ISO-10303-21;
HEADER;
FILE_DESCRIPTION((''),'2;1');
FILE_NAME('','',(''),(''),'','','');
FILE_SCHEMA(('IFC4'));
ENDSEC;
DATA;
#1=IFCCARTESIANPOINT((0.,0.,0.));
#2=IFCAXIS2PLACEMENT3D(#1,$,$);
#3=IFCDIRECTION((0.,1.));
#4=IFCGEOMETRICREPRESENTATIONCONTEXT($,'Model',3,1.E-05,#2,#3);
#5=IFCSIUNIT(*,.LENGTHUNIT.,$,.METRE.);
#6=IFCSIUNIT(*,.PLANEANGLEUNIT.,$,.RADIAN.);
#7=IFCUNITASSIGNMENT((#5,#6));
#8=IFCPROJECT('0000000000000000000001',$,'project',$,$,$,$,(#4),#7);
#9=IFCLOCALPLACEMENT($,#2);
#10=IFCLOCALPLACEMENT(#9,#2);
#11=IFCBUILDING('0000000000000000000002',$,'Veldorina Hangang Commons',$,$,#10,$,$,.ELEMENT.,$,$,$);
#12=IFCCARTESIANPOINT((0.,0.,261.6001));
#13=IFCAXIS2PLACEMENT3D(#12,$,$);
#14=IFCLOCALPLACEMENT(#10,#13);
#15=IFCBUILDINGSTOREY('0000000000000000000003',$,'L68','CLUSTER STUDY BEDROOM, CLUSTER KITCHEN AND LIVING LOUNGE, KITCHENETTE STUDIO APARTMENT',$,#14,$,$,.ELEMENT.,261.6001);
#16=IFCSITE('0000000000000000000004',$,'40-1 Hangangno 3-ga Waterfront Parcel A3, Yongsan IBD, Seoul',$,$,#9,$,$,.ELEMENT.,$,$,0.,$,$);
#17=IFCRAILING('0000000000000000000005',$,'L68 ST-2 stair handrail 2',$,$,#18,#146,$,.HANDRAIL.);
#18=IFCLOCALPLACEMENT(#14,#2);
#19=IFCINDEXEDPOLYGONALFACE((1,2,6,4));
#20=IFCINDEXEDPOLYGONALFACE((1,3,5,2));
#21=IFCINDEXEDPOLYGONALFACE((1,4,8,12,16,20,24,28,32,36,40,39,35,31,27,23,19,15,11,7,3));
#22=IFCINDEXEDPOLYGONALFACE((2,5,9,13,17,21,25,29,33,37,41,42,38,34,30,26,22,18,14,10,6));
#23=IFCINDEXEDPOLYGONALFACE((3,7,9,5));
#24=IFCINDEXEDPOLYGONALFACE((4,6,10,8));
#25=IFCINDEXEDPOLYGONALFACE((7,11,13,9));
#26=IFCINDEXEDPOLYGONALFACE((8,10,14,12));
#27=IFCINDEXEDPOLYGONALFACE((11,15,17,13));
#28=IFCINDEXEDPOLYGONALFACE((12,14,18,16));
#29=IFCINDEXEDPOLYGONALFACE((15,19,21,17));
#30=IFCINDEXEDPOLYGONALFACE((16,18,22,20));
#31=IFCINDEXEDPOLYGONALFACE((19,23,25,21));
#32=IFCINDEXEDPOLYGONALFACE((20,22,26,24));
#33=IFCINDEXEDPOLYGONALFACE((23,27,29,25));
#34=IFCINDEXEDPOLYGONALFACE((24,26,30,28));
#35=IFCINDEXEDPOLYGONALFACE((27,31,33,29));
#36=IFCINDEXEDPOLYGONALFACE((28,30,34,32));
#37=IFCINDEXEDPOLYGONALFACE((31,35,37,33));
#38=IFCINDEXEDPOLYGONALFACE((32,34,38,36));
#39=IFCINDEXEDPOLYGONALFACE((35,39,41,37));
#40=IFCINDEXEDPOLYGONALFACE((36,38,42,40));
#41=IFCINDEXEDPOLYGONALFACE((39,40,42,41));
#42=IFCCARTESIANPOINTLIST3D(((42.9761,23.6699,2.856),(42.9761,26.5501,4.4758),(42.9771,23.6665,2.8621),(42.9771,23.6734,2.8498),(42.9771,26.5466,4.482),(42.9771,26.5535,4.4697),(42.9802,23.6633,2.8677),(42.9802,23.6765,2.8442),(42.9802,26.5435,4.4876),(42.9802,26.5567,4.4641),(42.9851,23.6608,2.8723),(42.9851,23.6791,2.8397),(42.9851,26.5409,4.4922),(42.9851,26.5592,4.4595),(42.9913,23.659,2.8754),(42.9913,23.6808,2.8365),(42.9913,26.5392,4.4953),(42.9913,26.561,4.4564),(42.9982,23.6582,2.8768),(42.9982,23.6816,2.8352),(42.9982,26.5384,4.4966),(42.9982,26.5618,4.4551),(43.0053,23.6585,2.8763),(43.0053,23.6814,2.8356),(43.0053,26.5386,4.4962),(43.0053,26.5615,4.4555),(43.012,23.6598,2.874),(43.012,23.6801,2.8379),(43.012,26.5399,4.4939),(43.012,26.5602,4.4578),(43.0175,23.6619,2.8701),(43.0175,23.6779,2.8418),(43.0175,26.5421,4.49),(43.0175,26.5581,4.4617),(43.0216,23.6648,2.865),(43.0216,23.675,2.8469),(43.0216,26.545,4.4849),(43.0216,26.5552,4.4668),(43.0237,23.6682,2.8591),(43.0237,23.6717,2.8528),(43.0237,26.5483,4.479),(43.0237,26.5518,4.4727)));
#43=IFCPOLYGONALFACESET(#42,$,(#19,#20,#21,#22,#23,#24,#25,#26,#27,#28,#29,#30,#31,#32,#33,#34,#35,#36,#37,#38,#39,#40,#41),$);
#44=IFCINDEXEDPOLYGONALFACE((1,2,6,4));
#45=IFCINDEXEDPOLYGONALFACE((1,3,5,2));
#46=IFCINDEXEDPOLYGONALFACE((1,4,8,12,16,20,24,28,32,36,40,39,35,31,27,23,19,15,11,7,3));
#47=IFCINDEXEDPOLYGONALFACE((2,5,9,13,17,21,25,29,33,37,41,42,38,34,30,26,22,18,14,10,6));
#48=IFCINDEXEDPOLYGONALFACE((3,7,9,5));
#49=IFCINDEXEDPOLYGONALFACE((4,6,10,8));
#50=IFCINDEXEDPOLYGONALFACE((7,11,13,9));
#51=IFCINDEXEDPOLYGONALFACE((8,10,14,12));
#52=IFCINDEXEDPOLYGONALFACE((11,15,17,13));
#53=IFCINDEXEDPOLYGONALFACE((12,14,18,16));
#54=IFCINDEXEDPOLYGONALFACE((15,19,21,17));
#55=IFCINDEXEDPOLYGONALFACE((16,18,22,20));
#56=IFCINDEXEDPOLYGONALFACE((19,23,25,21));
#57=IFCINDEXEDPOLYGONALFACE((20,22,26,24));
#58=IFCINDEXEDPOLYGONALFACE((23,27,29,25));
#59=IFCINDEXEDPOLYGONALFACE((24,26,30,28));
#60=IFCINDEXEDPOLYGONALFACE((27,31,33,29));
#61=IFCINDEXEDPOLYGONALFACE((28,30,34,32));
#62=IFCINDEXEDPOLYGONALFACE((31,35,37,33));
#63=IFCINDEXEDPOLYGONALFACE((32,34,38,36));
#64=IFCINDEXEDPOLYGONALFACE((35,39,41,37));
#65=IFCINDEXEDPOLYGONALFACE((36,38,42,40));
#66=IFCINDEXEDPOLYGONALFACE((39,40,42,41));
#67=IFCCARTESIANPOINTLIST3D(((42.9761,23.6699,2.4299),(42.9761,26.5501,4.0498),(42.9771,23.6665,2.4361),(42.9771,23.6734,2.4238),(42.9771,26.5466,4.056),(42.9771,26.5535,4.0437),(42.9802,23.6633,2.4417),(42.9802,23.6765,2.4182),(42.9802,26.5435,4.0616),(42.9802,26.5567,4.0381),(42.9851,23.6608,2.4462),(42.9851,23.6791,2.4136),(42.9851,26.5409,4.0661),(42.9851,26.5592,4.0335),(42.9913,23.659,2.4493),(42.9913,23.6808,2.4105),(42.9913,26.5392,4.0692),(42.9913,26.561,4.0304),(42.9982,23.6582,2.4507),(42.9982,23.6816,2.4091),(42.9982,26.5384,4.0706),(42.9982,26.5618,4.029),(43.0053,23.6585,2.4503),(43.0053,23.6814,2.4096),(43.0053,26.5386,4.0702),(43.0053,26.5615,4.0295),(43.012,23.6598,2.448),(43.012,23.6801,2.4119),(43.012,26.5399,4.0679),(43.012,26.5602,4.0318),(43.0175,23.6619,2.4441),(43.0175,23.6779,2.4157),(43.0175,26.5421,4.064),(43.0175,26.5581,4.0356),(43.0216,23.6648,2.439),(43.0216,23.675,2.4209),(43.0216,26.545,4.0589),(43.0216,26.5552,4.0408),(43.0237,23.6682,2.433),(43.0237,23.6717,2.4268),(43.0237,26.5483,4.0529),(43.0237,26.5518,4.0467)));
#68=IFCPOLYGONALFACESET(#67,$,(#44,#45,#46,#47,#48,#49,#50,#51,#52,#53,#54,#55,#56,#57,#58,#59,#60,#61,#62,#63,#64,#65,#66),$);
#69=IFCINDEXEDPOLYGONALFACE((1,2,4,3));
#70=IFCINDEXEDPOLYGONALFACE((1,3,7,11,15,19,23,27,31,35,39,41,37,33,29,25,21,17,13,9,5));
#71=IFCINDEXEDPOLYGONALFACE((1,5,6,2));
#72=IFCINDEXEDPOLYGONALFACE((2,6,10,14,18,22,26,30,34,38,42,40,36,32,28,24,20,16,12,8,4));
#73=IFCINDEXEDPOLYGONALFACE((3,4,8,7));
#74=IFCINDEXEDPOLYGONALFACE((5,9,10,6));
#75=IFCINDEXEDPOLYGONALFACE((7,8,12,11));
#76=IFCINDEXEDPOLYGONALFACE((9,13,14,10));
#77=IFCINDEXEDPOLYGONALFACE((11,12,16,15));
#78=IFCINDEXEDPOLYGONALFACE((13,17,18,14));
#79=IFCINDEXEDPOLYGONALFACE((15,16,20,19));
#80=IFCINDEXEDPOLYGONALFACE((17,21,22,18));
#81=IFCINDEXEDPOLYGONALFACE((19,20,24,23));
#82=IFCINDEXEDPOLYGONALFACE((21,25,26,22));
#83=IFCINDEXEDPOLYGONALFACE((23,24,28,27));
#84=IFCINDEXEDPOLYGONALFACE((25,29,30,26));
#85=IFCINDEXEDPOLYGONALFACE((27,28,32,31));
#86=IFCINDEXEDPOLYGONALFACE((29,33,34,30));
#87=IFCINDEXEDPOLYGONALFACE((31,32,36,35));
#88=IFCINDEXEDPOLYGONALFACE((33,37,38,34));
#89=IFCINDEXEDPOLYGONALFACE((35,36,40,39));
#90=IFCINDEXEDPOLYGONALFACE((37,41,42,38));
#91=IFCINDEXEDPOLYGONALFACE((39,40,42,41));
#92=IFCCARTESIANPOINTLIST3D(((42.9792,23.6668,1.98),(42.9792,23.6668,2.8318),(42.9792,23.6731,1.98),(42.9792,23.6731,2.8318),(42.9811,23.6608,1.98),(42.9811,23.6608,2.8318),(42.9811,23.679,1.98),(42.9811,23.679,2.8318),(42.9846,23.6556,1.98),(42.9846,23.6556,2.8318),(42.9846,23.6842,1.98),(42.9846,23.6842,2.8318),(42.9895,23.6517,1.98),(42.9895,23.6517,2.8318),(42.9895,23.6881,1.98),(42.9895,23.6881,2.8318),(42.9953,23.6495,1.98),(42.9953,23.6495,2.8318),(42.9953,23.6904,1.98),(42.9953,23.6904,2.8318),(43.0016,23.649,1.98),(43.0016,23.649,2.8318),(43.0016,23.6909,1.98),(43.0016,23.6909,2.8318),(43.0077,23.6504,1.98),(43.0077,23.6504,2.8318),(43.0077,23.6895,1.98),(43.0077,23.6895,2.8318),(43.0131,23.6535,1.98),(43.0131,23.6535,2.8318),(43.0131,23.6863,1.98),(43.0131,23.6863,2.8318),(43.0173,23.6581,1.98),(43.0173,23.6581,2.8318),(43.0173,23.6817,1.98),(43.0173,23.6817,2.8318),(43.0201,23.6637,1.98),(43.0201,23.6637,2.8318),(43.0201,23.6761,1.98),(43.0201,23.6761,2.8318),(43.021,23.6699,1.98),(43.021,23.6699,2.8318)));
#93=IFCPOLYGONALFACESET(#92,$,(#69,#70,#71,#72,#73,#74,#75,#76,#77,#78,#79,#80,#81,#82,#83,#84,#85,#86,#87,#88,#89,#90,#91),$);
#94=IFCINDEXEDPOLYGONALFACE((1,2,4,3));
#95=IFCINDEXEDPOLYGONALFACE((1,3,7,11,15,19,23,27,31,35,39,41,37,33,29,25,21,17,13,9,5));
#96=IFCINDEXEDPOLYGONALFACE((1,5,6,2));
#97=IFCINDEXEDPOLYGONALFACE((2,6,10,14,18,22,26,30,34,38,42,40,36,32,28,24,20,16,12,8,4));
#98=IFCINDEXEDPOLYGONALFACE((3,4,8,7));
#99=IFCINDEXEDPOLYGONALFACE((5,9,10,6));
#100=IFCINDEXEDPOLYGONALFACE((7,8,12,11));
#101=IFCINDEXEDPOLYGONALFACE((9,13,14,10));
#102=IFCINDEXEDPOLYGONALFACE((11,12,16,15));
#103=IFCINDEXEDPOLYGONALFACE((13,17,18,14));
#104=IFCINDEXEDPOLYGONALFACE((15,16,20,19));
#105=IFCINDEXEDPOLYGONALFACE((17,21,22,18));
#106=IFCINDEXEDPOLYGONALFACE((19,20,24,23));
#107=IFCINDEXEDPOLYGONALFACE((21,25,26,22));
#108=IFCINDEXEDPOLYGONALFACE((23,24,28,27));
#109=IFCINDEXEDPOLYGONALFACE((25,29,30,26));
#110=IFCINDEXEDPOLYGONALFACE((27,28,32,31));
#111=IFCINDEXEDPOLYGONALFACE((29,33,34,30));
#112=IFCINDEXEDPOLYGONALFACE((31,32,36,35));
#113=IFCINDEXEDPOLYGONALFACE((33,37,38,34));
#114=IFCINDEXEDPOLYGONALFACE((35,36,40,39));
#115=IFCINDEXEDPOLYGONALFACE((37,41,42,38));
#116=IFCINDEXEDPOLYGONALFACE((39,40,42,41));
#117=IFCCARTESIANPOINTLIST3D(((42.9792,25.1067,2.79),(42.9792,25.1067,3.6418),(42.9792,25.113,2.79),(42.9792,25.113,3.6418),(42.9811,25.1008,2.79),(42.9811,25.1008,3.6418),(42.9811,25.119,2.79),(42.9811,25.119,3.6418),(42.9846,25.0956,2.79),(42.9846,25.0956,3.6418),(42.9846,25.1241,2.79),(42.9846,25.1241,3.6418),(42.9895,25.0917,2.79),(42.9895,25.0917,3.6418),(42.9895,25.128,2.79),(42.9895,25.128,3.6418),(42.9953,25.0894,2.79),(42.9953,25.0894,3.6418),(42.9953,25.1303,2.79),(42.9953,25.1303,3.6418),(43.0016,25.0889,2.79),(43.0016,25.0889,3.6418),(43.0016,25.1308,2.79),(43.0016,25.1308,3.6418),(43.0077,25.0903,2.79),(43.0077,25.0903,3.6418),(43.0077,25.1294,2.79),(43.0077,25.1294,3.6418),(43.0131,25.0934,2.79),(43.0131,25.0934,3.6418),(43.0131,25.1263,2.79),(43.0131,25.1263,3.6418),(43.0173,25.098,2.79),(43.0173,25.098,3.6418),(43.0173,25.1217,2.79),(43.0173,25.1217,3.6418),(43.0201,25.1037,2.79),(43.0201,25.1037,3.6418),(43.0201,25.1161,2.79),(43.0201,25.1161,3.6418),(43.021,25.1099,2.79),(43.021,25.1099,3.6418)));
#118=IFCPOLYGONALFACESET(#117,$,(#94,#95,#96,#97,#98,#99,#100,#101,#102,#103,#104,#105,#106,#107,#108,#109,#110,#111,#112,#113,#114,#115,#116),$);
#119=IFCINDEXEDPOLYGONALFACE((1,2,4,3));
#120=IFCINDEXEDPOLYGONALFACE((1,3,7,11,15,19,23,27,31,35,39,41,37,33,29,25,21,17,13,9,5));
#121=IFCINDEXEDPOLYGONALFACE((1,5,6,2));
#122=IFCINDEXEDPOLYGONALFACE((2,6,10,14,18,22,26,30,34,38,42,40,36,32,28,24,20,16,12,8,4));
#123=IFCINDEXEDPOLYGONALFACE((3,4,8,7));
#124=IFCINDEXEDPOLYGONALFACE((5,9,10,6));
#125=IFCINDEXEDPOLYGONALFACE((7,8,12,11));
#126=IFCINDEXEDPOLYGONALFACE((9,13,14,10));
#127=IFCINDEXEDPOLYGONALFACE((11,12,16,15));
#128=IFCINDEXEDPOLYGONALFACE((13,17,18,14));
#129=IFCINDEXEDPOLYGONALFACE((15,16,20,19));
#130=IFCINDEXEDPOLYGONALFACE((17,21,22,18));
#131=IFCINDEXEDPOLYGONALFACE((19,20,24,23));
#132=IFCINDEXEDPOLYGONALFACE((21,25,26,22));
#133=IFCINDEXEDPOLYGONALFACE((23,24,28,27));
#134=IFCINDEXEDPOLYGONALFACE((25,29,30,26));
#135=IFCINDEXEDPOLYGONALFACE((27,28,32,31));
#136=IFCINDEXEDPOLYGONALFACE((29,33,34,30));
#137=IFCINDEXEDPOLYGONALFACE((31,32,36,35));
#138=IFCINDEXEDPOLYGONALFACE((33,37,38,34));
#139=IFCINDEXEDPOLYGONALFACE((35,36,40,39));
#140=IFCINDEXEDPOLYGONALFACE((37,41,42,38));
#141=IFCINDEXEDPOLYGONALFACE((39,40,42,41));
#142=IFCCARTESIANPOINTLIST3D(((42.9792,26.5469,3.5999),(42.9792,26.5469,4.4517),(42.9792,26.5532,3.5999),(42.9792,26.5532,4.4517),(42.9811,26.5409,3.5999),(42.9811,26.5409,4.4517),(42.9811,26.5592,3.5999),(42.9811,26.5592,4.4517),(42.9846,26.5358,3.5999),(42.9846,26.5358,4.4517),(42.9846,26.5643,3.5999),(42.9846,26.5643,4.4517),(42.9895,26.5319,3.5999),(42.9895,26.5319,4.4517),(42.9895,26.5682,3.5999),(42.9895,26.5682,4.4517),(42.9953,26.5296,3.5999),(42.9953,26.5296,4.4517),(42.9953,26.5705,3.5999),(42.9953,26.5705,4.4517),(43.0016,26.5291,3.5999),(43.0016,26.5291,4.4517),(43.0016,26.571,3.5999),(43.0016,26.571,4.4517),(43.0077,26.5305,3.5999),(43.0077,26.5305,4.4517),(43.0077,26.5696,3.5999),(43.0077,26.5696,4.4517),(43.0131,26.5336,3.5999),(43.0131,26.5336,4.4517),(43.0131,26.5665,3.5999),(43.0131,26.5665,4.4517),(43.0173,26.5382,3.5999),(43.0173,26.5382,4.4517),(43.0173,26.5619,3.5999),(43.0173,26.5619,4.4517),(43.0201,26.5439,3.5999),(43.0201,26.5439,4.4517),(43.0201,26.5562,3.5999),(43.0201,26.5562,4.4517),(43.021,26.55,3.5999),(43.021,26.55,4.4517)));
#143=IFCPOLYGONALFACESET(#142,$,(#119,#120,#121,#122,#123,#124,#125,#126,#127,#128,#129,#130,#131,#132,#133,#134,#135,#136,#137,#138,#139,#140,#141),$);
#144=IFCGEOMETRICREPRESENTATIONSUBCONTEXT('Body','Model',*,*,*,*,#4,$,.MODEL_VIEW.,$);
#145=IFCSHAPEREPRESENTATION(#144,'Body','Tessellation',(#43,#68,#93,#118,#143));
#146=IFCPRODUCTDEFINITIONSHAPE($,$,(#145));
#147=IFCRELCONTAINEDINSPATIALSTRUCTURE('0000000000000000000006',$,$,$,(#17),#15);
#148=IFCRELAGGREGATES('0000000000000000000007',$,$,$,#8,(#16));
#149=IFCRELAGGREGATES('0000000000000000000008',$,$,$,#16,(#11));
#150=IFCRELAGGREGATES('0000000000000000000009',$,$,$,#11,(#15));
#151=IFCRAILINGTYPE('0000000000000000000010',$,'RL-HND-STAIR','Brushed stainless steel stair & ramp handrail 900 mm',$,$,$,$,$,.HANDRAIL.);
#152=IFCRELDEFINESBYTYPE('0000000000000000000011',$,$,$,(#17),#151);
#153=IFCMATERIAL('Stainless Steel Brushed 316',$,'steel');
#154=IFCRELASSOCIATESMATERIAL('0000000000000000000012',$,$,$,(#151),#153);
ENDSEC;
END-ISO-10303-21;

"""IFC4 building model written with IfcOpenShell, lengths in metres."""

from ifc_helpers import new_model, si_unit, direction, frame, origin, origin_2d, place, context, subcontext, project, spatial, circle, extrude, material, type_object, element, save


model = new_model("IFC4")

# Units and contexts
model_context = context("Model", 3, precision=1e-05, world=origin(), true_north=direction((0.0, 1.0)))
body_context = subcontext(model_context, "Body", "Model", "MODEL_VIEW")
ifc_project = project(units=[si_unit("LENGTHUNIT", "METRE"), si_unit("PLANEANGLEUNIT", "RADIAN")], contexts=[model_context])

# Site, building, storey
site_placement = place(None, origin())
site = spatial("IfcSite", under=ifc_project, at=site_placement, Name="40-1 Hangangno 3-ga Waterfront Parcel A3, Yongsan IBD, Seoul", CompositionType="ELEMENT", RefElevation=0.0)
building_placement = place(site_placement, origin())
building = spatial("IfcBuilding", under=site, at=building_placement, Name="Veldorina Hangang Commons", CompositionType="ELEMENT")
storey_placement = place(building_placement, frame((0.0, 0.0, 261.6001)))
storey = spatial("IfcBuildingStorey", under=building, at=storey_placement, Name="L68", Description="CLUSTER STUDY BEDROOM, CLUSTER KITCHEN AND LIVING LOUNGE, KITCHENETTE STUDIO APARTMENT", CompositionType="ELEMENT", Elevation=261.6001)

# Railing
ifc_material_1 = material(Name="Stainless Steel Brushed 316", Category="steel")
railing_type_1 = type_object("IfcRailingType", Name="RL-HND-STAIR", Description="Brushed stainless steel stair & ramp handrail 900 mm", PredefinedType="HANDRAIL", material=ifc_material_1)
railing_1_placement = place(storey_placement, frame((43.0, 23.6699, 1.98)))
element("IfcRailing", 1, at=railing_1_placement, inside=storey, type_object=railing_type_1, Name="L68 ST-2 stair handrail 2", PredefinedType="HANDRAIL", context=body_context, shape_type="SweptSolid", body=[
    extrude(circle(Radius=0.0239, at=origin_2d()), frame((0.0, 0.0, 0.876), z_axis=(0.0, 0.871601, 0.490216), x_axis=(-1.0, 0.0, 0.0)), (0.0, 0.0, 1.0), 3.3044),
    extrude(circle(Radius=0.0239, at=origin_2d()), frame((0.0, 0.0, 0.45), z_axis=(0.0, 0.871601, 0.490216), x_axis=(-1.0, 0.0, 0.0)), (0.0, 0.0, 1.0), 3.3044),
    extrude(circle(Radius=0.021, at=origin_2d()), origin(), (0.0, 0.0, 1.0), 0.8518),
    extrude(circle(Radius=0.021, at=origin_2d()), frame((0.0, 1.4399, 0.8101)), (0.0, 0.0, 1.0), 0.8518),
    extrude(circle(Radius=0.021, at=origin_2d()), frame((0.0, 2.8801, 1.6199)), (0.0, 0.0, 1.0), 0.8518),
])

save(model, "model.ifc")
